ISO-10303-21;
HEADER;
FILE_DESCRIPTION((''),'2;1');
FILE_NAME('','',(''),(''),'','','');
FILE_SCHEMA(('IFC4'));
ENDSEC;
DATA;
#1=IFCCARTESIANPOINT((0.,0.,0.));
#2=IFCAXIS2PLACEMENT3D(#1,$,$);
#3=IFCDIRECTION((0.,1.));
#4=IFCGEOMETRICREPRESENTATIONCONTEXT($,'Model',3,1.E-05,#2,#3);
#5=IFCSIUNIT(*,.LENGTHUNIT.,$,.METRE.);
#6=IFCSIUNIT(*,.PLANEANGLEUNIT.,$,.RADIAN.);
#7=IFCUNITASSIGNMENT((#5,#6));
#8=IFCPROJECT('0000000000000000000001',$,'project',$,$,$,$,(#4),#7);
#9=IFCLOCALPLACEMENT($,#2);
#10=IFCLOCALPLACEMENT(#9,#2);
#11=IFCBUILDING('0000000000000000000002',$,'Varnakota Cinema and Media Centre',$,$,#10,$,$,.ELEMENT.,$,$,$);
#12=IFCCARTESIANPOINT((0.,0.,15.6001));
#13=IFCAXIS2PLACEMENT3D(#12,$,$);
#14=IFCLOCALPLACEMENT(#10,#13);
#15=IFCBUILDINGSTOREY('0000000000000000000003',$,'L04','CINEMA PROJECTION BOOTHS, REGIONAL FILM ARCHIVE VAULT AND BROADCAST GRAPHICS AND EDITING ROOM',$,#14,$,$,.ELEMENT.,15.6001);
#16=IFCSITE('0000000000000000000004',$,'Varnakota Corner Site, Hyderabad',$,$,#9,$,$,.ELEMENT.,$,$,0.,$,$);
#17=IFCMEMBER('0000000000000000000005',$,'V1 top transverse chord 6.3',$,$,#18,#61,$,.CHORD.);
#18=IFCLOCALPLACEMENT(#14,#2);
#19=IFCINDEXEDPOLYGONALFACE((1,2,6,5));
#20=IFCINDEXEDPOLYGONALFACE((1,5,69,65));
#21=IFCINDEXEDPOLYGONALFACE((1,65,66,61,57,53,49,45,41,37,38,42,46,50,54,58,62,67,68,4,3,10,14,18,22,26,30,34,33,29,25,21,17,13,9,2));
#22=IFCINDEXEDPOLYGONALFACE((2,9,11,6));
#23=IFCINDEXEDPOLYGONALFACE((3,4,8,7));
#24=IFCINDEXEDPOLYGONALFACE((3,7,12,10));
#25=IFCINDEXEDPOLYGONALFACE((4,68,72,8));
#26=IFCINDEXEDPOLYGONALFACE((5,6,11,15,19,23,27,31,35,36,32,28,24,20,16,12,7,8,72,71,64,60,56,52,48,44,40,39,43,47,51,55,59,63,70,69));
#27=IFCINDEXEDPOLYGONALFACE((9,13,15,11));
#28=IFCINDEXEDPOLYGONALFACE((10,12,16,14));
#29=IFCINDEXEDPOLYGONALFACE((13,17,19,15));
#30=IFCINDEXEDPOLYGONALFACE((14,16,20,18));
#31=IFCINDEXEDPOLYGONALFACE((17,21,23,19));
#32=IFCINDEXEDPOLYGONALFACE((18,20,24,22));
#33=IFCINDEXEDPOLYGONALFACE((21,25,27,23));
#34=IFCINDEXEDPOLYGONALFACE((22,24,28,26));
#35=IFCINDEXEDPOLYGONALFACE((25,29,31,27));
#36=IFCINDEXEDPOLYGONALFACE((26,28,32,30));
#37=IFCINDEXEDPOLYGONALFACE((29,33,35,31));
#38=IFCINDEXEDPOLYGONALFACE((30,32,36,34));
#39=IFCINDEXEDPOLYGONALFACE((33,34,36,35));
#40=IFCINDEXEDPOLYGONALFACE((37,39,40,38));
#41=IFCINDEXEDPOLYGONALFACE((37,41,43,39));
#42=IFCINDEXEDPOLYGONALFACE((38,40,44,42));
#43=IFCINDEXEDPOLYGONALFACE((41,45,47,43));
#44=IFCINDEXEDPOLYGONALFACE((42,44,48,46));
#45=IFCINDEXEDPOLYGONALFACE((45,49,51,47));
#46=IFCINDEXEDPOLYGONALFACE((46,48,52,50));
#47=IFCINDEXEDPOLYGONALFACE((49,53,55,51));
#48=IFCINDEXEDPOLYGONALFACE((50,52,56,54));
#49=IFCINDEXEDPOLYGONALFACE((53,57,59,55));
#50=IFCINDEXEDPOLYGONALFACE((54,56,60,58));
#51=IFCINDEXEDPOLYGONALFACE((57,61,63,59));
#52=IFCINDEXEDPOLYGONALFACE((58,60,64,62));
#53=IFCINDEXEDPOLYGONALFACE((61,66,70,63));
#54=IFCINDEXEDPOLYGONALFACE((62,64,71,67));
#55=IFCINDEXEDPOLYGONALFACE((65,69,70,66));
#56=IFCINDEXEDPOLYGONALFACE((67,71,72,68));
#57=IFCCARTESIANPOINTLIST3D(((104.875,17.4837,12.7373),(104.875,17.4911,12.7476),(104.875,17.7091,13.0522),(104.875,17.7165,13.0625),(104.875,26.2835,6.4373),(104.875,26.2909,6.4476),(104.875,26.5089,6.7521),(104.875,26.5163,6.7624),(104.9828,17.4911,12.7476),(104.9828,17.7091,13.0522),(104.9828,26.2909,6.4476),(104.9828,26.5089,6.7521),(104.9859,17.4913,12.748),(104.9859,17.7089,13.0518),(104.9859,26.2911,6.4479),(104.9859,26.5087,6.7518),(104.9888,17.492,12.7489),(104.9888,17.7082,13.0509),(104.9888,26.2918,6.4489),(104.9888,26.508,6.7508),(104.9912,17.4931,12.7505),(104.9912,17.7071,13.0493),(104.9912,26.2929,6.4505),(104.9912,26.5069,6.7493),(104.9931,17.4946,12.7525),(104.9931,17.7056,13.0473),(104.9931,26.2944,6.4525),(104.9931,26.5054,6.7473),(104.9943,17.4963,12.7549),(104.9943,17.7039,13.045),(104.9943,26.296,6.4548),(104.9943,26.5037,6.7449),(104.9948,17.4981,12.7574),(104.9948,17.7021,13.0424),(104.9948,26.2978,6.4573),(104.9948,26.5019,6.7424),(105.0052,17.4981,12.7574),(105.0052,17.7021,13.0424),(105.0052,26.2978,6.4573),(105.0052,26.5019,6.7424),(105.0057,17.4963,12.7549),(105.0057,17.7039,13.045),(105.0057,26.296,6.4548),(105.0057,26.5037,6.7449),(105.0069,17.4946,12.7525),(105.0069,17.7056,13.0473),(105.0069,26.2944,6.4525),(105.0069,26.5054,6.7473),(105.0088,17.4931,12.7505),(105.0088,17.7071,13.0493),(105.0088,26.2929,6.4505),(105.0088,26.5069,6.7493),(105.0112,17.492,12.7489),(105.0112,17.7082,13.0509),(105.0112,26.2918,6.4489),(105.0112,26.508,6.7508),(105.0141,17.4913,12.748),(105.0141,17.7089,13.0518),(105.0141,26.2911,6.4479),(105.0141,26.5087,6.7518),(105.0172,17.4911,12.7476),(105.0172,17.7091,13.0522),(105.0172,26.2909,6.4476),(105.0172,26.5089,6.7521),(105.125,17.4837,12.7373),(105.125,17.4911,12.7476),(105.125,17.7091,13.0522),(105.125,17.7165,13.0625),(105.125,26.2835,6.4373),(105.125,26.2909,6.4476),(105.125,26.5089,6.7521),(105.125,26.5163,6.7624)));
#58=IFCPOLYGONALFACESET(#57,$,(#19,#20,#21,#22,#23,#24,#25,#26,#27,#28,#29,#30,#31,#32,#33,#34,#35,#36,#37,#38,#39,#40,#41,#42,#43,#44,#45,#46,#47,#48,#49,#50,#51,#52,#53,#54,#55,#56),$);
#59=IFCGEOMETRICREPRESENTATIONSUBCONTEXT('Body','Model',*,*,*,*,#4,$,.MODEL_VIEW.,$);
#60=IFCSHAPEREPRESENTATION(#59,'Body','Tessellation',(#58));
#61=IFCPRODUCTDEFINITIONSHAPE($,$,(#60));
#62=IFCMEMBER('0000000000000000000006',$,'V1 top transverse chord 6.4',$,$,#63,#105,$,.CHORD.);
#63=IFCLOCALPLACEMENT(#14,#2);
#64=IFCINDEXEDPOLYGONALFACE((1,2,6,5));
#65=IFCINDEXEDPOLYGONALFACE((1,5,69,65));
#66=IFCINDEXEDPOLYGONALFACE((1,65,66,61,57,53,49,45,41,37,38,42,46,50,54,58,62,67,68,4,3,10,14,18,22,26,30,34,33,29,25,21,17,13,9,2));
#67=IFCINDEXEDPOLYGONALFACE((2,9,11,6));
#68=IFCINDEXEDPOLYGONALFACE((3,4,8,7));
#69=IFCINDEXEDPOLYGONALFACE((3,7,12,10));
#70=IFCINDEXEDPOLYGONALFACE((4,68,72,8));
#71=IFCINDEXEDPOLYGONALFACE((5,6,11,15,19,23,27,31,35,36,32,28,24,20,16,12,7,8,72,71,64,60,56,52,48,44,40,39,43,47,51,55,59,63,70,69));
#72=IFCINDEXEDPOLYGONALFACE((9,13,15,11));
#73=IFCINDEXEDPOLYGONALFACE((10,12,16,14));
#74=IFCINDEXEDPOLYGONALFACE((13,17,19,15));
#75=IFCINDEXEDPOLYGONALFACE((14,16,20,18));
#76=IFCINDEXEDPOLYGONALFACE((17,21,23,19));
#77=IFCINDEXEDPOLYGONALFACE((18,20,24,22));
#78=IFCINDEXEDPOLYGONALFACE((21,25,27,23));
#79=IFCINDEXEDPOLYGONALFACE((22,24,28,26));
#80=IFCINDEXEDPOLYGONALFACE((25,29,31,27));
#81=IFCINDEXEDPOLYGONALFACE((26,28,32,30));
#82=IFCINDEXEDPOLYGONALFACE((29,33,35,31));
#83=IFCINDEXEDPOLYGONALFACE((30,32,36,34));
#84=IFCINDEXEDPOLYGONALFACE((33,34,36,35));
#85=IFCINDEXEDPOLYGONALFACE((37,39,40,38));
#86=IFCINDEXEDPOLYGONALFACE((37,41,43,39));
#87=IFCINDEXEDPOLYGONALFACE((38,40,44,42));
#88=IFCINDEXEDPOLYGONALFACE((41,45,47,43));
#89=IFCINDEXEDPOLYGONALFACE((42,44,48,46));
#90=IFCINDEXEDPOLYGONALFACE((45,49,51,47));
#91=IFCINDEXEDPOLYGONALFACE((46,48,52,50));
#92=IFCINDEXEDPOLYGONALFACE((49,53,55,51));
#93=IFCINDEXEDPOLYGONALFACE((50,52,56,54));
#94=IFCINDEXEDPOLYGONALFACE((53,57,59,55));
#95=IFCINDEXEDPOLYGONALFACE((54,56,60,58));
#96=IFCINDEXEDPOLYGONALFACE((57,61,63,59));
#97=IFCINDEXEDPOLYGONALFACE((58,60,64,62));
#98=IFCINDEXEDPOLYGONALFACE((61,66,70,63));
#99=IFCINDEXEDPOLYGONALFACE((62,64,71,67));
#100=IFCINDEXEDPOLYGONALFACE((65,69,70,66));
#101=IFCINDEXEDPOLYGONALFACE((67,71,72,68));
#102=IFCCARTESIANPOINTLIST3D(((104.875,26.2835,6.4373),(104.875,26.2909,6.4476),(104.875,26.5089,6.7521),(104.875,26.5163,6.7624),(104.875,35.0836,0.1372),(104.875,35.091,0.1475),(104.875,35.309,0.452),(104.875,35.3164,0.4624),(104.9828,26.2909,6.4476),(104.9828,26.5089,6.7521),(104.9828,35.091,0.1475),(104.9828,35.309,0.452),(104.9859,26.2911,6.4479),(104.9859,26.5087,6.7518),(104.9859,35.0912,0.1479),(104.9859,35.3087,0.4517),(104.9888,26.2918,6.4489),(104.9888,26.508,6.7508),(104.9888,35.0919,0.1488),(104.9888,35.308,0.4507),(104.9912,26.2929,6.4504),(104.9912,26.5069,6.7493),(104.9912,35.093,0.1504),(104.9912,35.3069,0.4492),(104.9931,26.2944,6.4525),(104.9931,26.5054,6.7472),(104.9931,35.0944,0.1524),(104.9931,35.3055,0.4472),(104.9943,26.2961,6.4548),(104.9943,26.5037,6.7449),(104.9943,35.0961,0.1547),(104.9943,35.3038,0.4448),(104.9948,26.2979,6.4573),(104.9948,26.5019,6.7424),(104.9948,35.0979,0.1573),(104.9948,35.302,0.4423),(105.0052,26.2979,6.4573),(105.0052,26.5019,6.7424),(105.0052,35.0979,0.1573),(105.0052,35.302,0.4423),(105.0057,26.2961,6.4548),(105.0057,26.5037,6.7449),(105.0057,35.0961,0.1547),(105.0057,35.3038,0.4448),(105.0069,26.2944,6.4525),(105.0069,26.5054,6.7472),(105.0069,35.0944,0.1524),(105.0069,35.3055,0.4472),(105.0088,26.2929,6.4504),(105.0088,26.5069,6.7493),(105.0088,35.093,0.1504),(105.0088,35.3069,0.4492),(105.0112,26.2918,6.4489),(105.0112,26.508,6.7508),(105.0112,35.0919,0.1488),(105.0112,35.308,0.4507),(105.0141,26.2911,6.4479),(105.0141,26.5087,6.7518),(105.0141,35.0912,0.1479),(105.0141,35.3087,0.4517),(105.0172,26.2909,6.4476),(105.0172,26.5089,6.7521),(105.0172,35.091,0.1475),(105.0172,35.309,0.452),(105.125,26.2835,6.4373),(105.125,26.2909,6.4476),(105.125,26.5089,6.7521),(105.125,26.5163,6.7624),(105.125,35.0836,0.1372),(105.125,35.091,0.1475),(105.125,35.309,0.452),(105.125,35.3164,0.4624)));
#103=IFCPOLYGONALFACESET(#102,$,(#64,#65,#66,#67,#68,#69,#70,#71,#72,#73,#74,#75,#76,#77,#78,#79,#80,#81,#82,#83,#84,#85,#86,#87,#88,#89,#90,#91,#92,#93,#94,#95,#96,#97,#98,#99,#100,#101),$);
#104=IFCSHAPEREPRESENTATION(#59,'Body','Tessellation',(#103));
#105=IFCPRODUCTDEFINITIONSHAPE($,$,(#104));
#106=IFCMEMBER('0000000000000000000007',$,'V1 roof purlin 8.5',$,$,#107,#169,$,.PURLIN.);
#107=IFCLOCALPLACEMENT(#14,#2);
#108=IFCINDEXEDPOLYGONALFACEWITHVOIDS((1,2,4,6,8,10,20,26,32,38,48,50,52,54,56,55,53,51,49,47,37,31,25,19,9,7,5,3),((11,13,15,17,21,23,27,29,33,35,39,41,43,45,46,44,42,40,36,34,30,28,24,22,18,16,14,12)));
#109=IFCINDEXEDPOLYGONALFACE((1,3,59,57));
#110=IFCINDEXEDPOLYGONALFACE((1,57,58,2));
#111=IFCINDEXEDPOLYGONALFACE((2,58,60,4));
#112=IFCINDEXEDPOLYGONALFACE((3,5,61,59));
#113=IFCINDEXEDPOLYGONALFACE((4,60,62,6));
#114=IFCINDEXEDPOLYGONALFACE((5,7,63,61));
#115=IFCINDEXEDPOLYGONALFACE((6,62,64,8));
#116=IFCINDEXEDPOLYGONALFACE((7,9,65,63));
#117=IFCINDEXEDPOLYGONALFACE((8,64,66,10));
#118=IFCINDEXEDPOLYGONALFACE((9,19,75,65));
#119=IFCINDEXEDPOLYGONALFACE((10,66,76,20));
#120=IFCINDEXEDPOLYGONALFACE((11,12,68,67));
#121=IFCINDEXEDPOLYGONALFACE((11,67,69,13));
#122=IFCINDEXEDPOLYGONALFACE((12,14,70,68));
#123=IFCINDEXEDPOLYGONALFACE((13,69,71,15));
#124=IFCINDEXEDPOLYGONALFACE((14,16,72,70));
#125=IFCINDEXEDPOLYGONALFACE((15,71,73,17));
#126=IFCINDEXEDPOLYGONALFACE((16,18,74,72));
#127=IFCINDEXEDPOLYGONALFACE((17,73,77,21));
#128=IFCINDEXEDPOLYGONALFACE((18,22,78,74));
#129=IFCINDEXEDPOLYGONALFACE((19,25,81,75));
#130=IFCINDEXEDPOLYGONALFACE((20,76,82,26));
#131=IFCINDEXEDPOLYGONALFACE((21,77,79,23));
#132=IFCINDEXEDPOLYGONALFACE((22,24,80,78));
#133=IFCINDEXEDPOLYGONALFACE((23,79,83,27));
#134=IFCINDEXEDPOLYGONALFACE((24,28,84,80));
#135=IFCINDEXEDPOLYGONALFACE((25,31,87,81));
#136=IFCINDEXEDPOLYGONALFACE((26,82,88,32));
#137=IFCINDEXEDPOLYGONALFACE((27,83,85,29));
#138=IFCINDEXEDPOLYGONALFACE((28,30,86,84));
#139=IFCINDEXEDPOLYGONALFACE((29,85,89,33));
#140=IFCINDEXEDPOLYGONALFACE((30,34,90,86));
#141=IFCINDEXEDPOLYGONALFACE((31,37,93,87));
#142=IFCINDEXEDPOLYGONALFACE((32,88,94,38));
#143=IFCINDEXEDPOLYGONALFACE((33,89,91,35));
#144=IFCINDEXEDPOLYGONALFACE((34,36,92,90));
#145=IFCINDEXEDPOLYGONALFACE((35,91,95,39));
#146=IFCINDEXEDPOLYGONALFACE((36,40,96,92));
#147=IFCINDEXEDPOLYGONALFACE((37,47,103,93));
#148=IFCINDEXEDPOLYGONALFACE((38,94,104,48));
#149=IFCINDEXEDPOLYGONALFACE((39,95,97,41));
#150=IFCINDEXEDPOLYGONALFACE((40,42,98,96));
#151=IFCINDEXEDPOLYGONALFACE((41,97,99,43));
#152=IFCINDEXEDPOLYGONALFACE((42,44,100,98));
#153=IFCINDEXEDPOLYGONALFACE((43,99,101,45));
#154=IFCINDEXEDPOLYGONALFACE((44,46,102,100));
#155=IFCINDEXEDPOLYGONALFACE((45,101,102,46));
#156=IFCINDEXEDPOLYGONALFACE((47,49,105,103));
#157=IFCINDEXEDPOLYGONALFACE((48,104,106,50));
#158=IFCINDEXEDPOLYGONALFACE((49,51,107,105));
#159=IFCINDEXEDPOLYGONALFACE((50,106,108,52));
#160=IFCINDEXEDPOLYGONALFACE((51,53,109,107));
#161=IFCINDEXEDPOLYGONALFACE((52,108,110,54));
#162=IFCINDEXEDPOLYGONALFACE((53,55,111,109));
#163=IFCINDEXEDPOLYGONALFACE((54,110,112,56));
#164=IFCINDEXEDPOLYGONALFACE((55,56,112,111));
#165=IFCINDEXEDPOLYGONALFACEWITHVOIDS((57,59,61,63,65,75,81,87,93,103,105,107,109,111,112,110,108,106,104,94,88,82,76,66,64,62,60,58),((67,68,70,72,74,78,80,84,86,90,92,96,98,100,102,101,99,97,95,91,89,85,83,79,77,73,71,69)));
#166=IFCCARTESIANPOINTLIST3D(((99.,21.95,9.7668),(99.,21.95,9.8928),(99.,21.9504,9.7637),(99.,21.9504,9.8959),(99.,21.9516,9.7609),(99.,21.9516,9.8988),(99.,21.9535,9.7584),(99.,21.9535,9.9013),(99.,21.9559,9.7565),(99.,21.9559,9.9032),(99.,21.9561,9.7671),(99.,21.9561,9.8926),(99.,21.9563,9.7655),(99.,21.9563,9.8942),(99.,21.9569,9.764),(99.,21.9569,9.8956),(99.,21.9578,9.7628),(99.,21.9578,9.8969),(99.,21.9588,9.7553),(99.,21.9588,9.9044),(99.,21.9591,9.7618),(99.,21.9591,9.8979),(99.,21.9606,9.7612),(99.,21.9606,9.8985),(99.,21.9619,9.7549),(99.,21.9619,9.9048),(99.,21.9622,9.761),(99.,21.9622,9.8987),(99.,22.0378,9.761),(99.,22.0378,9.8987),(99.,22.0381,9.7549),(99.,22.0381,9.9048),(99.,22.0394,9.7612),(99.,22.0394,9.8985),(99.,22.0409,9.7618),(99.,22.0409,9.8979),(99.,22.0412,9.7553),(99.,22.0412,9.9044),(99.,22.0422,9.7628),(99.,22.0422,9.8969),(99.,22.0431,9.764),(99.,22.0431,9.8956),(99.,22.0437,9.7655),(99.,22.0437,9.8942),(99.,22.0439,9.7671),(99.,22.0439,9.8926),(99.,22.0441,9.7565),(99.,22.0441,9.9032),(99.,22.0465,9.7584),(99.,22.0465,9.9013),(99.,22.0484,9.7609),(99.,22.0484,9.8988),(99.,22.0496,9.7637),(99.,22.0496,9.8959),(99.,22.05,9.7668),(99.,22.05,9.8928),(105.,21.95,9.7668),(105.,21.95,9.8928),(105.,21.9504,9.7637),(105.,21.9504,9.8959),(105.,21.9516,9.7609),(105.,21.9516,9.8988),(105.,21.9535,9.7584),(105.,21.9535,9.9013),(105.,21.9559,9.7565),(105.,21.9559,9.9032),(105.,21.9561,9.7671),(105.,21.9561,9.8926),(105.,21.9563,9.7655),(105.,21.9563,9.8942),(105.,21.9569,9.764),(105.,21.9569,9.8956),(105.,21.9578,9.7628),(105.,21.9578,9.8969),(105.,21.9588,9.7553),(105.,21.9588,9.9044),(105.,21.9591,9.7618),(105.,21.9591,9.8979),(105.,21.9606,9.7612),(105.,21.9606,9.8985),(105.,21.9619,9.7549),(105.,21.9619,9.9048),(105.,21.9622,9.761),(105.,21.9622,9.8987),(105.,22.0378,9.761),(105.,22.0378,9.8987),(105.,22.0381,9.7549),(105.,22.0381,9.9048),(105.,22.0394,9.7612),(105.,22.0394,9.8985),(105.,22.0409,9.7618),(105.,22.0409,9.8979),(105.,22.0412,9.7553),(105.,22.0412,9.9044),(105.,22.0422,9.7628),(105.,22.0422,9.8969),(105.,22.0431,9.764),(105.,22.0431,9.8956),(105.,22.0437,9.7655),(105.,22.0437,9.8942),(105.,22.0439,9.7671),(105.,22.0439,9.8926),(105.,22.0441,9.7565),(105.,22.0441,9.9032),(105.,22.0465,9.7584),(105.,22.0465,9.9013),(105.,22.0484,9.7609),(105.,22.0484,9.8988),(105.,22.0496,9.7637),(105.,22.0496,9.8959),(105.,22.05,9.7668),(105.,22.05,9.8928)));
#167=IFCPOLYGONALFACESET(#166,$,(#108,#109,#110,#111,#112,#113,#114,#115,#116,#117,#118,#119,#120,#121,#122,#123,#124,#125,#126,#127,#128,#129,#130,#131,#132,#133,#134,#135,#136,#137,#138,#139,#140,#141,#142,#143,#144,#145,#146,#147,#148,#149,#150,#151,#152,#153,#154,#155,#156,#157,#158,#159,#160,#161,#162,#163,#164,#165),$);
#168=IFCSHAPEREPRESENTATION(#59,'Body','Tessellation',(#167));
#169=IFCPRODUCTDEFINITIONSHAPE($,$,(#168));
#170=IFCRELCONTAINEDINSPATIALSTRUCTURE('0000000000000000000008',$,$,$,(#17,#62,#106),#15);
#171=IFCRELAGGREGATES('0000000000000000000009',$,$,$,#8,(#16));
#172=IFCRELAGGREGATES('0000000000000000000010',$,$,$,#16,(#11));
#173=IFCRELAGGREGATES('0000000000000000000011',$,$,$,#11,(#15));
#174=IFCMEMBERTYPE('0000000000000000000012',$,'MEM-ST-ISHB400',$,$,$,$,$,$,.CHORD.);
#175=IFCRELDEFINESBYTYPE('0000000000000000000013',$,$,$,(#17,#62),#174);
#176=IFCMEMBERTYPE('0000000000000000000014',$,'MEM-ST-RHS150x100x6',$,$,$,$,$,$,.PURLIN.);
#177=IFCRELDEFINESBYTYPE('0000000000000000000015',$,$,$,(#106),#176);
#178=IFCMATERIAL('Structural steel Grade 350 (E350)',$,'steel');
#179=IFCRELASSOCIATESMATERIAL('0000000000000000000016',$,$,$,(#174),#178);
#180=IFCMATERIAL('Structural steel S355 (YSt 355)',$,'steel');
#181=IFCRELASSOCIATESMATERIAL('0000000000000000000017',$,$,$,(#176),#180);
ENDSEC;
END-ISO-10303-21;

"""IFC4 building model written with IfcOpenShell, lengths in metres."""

from ifc_helpers import new_model, si_unit, direction, frame, origin, origin_2d, place, context, subcontext, project, spatial, hollow_rectangle, i_section, extrude, material, material_profile, profile_set, type_object, element, save


model = new_model("IFC4")

# Units and contexts
model_context = context("Model", 3, precision=1e-05, world=origin(), true_north=direction((0.0, 1.0)))
body_context = subcontext(model_context, "Body", "Model", "MODEL_VIEW")
ifc_project = project(units=[si_unit("LENGTHUNIT", "METRE"), si_unit("PLANEANGLEUNIT", "RADIAN")], contexts=[model_context])

# Site, building, storey
site_placement = place(None, origin())
site = spatial("IfcSite", under=ifc_project, at=site_placement, Name="Varnakota Corner Site, Hyderabad", CompositionType="ELEMENT", RefElevation=0.0)
building_placement = place(site_placement, origin())
building = spatial("IfcBuilding", under=site, at=building_placement, Name="Varnakota Cinema and Media Centre", CompositionType="ELEMENT")
storey_placement = place(building_placement, frame((0.0, 0.0, 15.6001)))
storey = spatial("IfcBuildingStorey", under=building, at=storey_placement, Name="L04", Description="CINEMA PROJECTION BOOTHS, REGIONAL FILM ARCHIVE VAULT AND BROADCAST GRAPHICS AND EDITING ROOM", CompositionType="ELEMENT", Elevation=15.6001)

# Members
ifc_material_1 = material(Name="Structural steel Grade 350 (E350)", Category="steel")
ifc_material_profile_1 = material_profile(ifc_material_1, i_section(OverallWidth=0.25, OverallDepth=0.3999, WebThickness=0.0105, FlangeThickness=0.0127, FilletRadius=0.012, at=origin_2d()), Name="ISHB 400")
ifc_profile_set_1 = profile_set([ifc_material_profile_1], Name="Structural steel Grade 350 (E350)")
member_type_1 = type_object("IfcMemberType", Name="MEM-ST-ISHB400", PredefinedType="CHORD", material=ifc_profile_set_1)
member_1_placement = place(storey_placement, frame((105.0, 17.6001, 12.8999), z_axis=(0.0, 0.8131, -0.582123), x_axis=(-1.0, 0.0, 0.0)))
element("IfcMember", 1, at=member_1_placement, inside=storey, type_object=member_type_1, Name="V1 top transverse chord 6.3", PredefinedType="CHORD", context=body_context, shape_type="SweptSolid", body=[
    extrude(i_section(OverallWidth=0.25, OverallDepth=0.3999, WebThickness=0.0105, FlangeThickness=0.0127, FilletRadius=0.012, at=origin_2d()), origin(), (0.0, 0.0, 1.0), 10.8225),
])
member_2_placement = place(storey_placement, frame((105.0, 26.3999, 6.5999), z_axis=(0.0, 0.813108, -0.582113), x_axis=(-1.0, 0.0, 0.0)))
element("IfcMember", 2, at=member_2_placement, inside=storey, type_object=member_type_1, Name="V1 top transverse chord 6.4", PredefinedType="CHORD", context=body_context, shape_type="SweptSolid", body=[
    extrude(i_section(OverallWidth=0.25, OverallDepth=0.3999, WebThickness=0.0105, FlangeThickness=0.0127, FilletRadius=0.012, at=origin_2d()), origin(), (0.0, 0.0, 1.0), 10.8228),
])
ifc_material_2 = material(Name="Structural steel S355 (YSt 355)", Category="steel")
ifc_material_profile_2 = material_profile(ifc_material_2, hollow_rectangle(XDim=0.1001, YDim=0.1499, WallThickness=0.0061, InnerFilletRadius=0.0061, OuterFilletRadius=0.012, at=origin_2d()), Name="RHS 150x100x6")
ifc_profile_set_2 = profile_set([ifc_material_profile_2], Name="Structural steel S355 (YSt 355)")
member_type_2 = type_object("IfcMemberType", Name="MEM-ST-RHS150x100x6", PredefinedType="PURLIN", material=ifc_profile_set_2)
for number, where, z_axis, x_axis, name in (
    (3, (99.0, 22.0, 9.8298), (1.0, 0.0, 0.0), (0.0, 1.0, 0.0), "V1 roof purlin 8.5"),
):
    element("IfcMember", number, at=place(storey_placement, frame(where, z_axis=z_axis, x_axis=x_axis)), inside=storey, type_object=member_type_2, Name=name, PredefinedType="PURLIN", context=body_context, shape_type="SweptSolid", body=[
        extrude(hollow_rectangle(XDim=0.1001, YDim=0.1499, WallThickness=0.0061, InnerFilletRadius=0.0061, OuterFilletRadius=0.012, at=origin_2d()), origin(), (0.0, 0.0, 1.0), 6.0),
    ])

save(model, "model.ifc")
